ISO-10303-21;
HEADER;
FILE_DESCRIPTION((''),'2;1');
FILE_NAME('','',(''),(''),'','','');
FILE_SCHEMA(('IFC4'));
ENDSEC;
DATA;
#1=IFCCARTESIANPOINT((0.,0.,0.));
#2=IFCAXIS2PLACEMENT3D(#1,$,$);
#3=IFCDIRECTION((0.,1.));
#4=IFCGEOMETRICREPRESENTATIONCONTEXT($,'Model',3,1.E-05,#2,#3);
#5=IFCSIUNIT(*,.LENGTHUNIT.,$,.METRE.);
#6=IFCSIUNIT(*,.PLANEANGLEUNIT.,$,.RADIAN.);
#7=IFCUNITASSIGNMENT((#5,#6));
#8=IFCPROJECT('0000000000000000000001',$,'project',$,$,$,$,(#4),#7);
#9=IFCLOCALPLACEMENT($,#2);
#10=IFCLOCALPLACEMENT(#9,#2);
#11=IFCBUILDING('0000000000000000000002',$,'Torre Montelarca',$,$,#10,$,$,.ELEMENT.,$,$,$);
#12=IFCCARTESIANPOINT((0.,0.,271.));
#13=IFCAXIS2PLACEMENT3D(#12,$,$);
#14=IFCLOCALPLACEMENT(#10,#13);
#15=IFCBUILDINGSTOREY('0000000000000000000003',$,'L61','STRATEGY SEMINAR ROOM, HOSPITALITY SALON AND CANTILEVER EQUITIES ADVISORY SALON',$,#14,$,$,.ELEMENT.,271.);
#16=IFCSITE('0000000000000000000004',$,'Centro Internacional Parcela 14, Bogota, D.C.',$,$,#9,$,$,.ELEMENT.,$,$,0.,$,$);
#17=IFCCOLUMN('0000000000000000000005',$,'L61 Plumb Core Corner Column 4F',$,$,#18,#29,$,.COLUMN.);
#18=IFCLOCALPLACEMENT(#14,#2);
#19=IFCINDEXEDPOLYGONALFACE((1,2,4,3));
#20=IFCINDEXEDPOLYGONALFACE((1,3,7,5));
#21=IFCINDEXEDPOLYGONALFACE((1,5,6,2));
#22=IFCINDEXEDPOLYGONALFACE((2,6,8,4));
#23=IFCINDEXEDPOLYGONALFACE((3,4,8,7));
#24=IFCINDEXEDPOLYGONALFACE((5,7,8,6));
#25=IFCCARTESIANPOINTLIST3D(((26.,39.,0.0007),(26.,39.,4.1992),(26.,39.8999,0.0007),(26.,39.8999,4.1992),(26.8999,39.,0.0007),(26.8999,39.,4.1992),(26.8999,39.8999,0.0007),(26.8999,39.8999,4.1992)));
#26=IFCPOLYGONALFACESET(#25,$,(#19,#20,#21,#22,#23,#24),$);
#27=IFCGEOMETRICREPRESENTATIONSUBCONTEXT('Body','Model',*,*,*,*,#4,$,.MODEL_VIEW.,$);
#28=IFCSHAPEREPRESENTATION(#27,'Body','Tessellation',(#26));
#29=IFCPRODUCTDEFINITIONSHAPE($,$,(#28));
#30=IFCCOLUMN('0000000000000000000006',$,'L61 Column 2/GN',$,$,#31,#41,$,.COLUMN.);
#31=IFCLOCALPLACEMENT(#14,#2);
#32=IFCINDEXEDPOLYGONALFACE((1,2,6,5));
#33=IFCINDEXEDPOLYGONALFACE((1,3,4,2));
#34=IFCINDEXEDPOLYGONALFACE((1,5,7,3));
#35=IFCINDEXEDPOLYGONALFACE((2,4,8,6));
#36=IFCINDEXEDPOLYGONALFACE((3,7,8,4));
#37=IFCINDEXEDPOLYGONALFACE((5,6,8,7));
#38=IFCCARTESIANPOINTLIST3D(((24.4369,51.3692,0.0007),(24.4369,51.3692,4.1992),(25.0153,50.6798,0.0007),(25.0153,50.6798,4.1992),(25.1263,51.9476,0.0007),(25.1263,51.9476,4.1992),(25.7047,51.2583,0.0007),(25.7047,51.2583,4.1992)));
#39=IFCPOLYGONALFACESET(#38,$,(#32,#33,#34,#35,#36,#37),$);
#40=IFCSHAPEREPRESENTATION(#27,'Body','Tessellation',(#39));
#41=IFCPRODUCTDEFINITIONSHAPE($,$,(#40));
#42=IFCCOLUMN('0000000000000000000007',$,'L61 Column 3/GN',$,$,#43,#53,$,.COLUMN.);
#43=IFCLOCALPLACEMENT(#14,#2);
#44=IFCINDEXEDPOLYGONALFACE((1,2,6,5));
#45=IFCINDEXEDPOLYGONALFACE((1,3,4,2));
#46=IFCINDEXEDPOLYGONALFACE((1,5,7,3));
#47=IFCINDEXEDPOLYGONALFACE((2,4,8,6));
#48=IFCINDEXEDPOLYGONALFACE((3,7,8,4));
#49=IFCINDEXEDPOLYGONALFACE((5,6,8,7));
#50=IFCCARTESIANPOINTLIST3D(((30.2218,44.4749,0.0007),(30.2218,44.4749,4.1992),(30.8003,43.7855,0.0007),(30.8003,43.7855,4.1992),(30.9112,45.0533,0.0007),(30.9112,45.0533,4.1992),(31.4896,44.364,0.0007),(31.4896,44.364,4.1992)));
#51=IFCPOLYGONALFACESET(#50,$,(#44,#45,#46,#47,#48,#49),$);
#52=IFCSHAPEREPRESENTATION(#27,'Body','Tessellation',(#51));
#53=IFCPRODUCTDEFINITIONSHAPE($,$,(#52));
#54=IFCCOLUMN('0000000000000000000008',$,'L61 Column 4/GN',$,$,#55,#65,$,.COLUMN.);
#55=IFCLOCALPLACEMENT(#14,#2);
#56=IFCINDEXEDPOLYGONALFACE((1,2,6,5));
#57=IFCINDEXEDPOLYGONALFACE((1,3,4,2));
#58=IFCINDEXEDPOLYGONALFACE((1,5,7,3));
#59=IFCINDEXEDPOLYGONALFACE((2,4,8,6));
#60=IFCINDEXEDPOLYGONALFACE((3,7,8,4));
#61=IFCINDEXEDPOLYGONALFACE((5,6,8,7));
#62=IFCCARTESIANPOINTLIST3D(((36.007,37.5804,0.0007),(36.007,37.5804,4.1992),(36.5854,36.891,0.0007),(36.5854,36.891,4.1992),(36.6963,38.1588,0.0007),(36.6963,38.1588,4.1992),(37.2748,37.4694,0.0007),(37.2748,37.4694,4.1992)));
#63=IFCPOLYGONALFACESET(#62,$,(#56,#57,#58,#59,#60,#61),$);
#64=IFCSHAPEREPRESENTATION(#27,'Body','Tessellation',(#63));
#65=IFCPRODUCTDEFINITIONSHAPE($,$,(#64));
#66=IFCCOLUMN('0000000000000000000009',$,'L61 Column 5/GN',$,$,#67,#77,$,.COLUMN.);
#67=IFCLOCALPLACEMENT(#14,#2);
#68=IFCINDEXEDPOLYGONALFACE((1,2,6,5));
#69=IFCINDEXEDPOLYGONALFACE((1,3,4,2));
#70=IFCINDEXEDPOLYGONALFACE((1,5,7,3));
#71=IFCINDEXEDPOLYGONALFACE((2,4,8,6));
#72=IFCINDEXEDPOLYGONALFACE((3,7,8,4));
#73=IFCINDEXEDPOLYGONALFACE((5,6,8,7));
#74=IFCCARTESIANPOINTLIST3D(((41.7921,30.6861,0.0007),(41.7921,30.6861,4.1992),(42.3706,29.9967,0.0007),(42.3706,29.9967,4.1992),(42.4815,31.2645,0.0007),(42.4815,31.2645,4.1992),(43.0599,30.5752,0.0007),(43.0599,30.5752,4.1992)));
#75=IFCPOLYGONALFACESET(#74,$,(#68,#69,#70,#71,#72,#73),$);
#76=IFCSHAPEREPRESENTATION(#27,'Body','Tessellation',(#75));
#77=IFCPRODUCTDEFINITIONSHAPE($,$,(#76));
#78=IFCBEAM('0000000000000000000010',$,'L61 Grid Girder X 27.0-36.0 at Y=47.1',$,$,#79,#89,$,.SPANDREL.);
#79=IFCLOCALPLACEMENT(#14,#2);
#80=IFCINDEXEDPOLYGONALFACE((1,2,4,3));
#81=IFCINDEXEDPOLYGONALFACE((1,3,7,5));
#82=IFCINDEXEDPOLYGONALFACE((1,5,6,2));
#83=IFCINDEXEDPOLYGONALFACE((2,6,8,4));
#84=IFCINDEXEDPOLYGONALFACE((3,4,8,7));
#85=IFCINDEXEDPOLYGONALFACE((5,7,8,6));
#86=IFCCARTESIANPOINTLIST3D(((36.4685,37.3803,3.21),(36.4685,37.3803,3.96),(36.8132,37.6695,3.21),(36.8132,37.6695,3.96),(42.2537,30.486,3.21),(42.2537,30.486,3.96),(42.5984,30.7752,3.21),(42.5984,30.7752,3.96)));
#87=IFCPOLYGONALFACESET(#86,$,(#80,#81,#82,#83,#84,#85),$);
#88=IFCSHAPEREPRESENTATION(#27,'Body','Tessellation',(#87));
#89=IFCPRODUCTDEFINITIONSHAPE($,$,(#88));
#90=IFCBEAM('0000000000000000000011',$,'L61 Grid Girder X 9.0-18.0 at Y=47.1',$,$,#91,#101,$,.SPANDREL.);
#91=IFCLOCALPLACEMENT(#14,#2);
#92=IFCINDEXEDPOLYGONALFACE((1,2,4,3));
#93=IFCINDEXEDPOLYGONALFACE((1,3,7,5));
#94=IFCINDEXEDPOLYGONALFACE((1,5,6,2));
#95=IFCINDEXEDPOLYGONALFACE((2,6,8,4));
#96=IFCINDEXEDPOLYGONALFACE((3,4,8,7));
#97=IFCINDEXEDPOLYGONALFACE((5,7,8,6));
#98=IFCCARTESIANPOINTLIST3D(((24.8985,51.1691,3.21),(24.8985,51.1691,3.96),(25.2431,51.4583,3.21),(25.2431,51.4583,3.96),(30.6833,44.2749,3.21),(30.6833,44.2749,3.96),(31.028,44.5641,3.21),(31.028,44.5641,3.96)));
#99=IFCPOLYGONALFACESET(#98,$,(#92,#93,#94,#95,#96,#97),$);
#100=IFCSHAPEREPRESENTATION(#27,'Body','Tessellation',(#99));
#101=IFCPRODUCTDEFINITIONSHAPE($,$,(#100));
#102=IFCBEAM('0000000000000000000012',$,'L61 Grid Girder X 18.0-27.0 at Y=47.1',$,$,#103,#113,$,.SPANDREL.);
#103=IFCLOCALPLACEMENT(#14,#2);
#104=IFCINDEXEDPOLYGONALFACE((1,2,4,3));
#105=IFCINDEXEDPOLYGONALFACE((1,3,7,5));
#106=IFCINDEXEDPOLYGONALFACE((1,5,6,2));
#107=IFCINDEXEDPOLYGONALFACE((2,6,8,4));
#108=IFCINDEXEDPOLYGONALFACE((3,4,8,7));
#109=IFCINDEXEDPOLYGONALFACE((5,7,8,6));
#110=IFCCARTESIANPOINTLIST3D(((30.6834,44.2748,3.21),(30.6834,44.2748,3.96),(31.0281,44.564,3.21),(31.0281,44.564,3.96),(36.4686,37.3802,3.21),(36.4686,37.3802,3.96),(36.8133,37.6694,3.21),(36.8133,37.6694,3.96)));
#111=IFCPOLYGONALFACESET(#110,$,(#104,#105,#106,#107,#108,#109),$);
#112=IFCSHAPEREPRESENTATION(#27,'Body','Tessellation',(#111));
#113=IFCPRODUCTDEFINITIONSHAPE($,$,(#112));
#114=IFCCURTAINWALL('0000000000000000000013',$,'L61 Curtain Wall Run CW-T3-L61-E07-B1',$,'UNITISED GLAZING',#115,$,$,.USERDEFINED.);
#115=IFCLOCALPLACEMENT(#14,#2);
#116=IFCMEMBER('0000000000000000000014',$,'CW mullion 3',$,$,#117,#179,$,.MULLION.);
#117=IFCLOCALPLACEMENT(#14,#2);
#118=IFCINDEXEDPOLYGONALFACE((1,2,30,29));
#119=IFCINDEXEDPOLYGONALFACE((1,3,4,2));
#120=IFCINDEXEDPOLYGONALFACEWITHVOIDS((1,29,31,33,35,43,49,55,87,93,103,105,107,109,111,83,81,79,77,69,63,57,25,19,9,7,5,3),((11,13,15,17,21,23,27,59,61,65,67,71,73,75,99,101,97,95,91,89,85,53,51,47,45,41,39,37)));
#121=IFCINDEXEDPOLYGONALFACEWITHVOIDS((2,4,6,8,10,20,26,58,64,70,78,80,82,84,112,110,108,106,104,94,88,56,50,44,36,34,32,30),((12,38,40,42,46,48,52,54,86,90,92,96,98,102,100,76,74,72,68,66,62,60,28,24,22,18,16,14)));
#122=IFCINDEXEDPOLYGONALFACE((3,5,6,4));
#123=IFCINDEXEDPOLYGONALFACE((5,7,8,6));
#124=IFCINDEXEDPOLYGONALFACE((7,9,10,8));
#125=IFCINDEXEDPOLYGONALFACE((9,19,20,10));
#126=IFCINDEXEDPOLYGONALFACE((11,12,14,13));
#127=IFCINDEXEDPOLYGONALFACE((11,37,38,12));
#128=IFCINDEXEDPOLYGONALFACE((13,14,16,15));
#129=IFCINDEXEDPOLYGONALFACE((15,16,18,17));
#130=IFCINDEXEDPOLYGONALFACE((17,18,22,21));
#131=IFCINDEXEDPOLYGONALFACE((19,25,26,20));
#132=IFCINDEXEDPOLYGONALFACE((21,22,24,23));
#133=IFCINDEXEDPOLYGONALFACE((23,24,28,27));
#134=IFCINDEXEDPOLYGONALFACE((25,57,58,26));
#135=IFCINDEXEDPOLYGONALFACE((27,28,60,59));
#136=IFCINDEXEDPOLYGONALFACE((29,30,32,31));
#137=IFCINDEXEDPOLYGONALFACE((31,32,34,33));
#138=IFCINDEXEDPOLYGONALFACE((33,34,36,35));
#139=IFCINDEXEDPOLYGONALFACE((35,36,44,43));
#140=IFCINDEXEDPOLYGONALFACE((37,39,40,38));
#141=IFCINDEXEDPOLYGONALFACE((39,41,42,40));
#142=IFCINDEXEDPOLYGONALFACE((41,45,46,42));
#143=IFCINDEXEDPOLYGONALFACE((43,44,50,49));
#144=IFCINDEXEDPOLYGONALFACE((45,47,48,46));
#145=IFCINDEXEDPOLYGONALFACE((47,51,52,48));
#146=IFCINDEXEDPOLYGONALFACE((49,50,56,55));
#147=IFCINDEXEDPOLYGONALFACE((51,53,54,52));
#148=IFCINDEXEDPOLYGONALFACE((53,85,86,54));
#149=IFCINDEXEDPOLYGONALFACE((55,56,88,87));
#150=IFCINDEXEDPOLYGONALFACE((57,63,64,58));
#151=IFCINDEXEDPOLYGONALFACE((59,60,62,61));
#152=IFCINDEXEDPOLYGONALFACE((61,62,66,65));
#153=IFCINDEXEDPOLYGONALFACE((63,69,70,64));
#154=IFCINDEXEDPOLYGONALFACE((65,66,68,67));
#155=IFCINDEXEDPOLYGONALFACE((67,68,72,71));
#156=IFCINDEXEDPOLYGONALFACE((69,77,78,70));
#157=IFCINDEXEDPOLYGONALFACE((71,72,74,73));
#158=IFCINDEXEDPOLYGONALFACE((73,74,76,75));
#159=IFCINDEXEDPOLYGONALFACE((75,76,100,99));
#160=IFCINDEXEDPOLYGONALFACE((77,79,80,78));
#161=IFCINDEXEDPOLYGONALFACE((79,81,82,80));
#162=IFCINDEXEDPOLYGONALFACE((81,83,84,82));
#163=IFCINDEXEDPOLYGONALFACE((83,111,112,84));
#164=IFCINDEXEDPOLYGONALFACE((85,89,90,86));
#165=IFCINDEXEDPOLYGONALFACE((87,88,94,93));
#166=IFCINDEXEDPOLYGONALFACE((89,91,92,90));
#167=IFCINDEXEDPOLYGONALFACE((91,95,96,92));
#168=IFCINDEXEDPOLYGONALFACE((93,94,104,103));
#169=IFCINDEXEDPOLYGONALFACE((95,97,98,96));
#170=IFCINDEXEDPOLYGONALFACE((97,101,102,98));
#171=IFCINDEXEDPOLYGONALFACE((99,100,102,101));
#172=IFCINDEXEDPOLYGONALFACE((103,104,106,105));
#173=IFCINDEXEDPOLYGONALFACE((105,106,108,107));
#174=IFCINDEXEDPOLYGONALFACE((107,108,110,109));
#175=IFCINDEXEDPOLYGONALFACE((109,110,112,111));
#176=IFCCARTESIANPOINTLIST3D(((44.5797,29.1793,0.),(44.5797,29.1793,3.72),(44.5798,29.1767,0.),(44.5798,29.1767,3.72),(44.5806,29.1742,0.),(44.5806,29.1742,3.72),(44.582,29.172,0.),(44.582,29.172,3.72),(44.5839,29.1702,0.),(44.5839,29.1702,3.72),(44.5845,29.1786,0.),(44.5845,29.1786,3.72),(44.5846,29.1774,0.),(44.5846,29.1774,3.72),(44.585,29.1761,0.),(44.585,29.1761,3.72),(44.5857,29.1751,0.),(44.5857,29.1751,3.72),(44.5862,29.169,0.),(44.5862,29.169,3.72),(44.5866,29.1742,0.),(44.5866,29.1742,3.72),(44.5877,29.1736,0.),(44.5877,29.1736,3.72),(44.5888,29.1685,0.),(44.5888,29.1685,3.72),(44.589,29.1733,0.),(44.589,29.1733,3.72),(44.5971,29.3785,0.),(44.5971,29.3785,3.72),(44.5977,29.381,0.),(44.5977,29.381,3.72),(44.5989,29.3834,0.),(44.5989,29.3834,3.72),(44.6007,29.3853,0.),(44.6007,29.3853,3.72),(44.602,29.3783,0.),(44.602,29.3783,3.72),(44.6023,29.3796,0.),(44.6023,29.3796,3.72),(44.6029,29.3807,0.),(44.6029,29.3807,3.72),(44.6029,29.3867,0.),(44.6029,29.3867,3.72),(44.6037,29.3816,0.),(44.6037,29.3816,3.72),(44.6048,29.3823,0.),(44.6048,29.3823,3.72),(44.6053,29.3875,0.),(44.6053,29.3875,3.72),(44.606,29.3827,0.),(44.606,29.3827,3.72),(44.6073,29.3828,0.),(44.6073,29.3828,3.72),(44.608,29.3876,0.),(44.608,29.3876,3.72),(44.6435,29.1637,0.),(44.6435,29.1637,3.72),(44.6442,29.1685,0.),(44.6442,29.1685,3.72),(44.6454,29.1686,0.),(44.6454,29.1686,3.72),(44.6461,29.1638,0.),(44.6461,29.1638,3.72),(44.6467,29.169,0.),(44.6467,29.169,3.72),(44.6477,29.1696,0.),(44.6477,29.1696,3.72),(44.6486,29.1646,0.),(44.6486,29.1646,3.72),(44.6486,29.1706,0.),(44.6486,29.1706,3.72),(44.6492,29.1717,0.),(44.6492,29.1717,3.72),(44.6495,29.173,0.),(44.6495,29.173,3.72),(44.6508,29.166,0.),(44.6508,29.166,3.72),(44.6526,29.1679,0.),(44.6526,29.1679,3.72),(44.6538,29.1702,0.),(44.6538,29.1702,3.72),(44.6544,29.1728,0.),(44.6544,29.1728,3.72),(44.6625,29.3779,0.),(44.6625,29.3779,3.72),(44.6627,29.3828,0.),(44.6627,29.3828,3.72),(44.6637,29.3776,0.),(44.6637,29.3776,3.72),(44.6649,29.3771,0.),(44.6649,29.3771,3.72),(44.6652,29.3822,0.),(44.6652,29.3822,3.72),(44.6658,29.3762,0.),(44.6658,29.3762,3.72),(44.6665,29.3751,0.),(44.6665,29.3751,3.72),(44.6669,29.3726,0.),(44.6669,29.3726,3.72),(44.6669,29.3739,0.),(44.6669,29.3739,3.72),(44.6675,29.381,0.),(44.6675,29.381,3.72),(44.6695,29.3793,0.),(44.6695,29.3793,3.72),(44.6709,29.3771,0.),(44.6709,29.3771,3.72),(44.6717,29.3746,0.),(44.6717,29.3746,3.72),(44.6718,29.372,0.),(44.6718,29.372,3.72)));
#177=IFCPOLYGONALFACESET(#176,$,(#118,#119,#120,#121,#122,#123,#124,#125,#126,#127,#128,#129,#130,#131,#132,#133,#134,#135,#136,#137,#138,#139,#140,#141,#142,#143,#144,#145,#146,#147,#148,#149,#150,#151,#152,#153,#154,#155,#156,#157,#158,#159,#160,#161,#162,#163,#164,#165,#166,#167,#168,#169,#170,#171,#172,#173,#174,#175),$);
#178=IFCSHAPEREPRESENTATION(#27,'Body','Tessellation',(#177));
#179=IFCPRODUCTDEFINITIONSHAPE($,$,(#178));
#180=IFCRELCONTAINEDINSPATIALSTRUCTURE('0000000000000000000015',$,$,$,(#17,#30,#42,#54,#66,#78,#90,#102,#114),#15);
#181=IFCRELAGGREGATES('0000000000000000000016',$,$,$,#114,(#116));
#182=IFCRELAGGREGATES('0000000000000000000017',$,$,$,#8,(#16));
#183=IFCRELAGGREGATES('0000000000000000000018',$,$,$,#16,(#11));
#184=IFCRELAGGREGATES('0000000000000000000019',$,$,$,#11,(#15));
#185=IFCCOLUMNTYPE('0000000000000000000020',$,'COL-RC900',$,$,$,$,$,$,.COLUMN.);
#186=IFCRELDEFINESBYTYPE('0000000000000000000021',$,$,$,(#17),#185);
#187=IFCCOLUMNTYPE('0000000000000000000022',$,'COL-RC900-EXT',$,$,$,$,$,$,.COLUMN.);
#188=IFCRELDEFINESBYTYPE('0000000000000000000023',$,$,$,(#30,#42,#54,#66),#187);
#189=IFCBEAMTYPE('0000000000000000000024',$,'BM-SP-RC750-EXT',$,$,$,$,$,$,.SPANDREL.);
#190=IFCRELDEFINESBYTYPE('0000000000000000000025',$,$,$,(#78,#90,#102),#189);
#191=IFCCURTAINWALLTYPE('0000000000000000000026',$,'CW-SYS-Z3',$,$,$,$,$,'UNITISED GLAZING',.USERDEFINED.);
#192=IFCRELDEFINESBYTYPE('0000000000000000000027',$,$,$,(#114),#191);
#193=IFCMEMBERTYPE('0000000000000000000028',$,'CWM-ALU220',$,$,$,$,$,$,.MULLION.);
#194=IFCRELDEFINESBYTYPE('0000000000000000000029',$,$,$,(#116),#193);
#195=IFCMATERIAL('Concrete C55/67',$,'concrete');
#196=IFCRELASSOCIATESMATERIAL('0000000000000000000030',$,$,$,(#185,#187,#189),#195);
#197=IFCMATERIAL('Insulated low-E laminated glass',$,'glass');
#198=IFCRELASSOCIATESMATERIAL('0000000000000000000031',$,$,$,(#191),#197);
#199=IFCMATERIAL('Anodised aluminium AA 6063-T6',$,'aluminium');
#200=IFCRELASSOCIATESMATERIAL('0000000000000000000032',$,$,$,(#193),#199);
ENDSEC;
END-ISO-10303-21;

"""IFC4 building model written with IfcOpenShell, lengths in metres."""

from ifc_helpers import new_model, si_unit, direction, frame, origin, origin_2d, place, context, subcontext, project, spatial, rectangle, hollow_rectangle, extrude, source, transform, mapped, material, material_profile, profile_set, type_object, element, aggregate, save


model = new_model("IFC4")

# Units and contexts
model_context = context("Model", 3, precision=1e-05, world=origin(), true_north=direction((0.0, 1.0)))
body_context = subcontext(model_context, "Body", "Model", "MODEL_VIEW")
ifc_project = project(units=[si_unit("LENGTHUNIT", "METRE"), si_unit("PLANEANGLEUNIT", "RADIAN")], contexts=[model_context])

# Site, building, storey
site_placement = place(None, origin())
site = spatial("IfcSite", under=ifc_project, at=site_placement, Name="Centro Internacional Parcela 14, Bogota, D.C.", CompositionType="ELEMENT", RefElevation=0.0)
building_placement = place(site_placement, origin())
building = spatial("IfcBuilding", under=site, at=building_placement, Name="Torre Montelarca", CompositionType="ELEMENT")
storey_placement = place(building_placement, frame((0.0, 0.0, 271.0)))
storey = spatial("IfcBuildingStorey", under=building, at=storey_placement, Name="L61", Description="STRATEGY SEMINAR ROOM, HOSPITALITY SALON AND CANTILEVER EQUITIES ADVISORY SALON", CompositionType="ELEMENT", Elevation=271.0)

# Columns
ifc_material_1 = material(Name="Concrete C55/67", Category="concrete")
ifc_material_profile_1 = material_profile(ifc_material_1, rectangle(XDim=0.8999, YDim=0.8999, at=origin_2d()), Name="RC900X900", Category="concrete")
ifc_profile_set_1 = profile_set([ifc_material_profile_1], Name="Concrete C55/67")
column_type_1 = type_object("IfcColumnType", Name="COL-RC900", PredefinedType="COLUMN", material=ifc_profile_set_1)
shared_shape_1 = source(origin(), body_context, "Body", "SweptSolid", [
    extrude(rectangle(XDim=0.8999, YDim=0.8999, at=origin_2d()), origin(), (0.0, 0.0, 1.0), 4.1985),
])
column_placement = place(storey_placement, frame((26.45, 39.45, 0.0007), z_axis=(0.0, 0.0, 1.0), x_axis=(1.0, 0.0, 0.0)))
element("IfcColumn", 1, at=column_placement, inside=storey, type_object=column_type_1, Name="L61 Plumb Core Corner Column 4F", PredefinedType="COLUMN", context=body_context, shape_type="MappedRepresentation", body=[
    mapped(shared_shape_1, transform((0.0, 0.0, 0.0), scale=1.0)),
])
ifc_material_profile_2 = material_profile(ifc_material_1, rectangle(XDim=0.8999, YDim=0.8999, at=origin_2d()), Name="RC900X900", Category="concrete")
ifc_profile_set_2 = profile_set([ifc_material_profile_2], Name="Concrete C55/67")
column_type_2 = type_object("IfcColumnType", Name="COL-RC900-EXT", PredefinedType="COLUMN", material=ifc_profile_set_2)
shared_shape_2 = source(origin(), body_context, "Body", "SweptSolid", [
    extrude(rectangle(XDim=0.8999, YDim=0.8999, at=origin_2d()), origin(), (0.0, 0.0, 1.0), 4.1985),
])
for number, where, z_axis, x_axis, name in (
    (2, (25.0708, 51.3137, 0.0007), (0.0, 0.0, 1.0), (-0.642788, 0.766044, 0.0), "L61 Column 2/GN"),
    (3, (30.8557, 44.4194, 0.0007), (0.0, 0.0, 1.0), (-0.642788, 0.766044, 0.0), "L61 Column 3/GN"),
    (4, (36.6409, 37.5249, 0.0007), (0.0, 0.0, 1.0), (-0.642788, 0.766044, 0.0), "L61 Column 4/GN"),
    (5, (42.426, 30.6306, 0.0007), (0.0, 0.0, 1.0), (-0.642788, 0.766044, 0.0), "L61 Column 5/GN"),
):
    element("IfcColumn", number, at=place(storey_placement, frame(where, z_axis=z_axis, x_axis=x_axis)), inside=storey, type_object=column_type_2, Name=name, PredefinedType="COLUMN", context=body_context, shape_type="MappedRepresentation", body=[
        mapped(shared_shape_2, transform((0.0, 0.0, 0.0), scale=1.0)),
    ])

# Beams
ifc_material_profile_3 = material_profile(ifc_material_1, rectangle(XDim=0.45, YDim=0.75, at=origin_2d()), Name="RCB450X750", Category="concrete")
ifc_profile_set_3 = profile_set([ifc_material_profile_3], Name="Concrete C55/67")
beam_type = type_object("IfcBeamType", Name="BM-SP-RC750-EXT", PredefinedType="SPANDREL", material=ifc_profile_set_3)
shared_shape_3 = source(origin(), body_context, "Body", "SweptSolid", [
    extrude(rectangle(XDim=0.45, YDim=0.75, at=origin_2d()), origin(), (0.0, 0.0, 1.0), 9.0),
])
beam_1_placement = place(storey_placement, frame((36.6409, 37.5249, 3.585), z_axis=(0.642798, -0.766036, 0.0), x_axis=(0.766036, 0.642798, 0.0)))
element("IfcBeam", 6, at=beam_1_placement, inside=storey, type_object=beam_type, Name="L61 Grid Girder X 27.0-36.0 at Y=47.1", PredefinedType="SPANDREL", context=body_context, shape_type="MappedRepresentation", body=[
    mapped(shared_shape_3, transform((0.0, 0.0, 0.0), scale=1.0)),
])
shared_shape_4 = source(origin(), body_context, "Body", "SweptSolid", [
    extrude(rectangle(XDim=0.45, YDim=0.75, at=origin_2d()), origin(), (0.0, 0.0, 1.0), 8.9998),
])
beam_2_placement = place(storey_placement, frame((25.0708, 51.3137, 3.585), z_axis=(0.642782, -0.766049, 0.0), x_axis=(0.766049, 0.642782, 0.0)))
element("IfcBeam", 7, at=beam_2_placement, inside=storey, type_object=beam_type, Name="L61 Grid Girder X 9.0-18.0 at Y=47.1", PredefinedType="SPANDREL", context=body_context, shape_type="MappedRepresentation", body=[
    mapped(shared_shape_4, transform((0.0, 0.0, 0.0), scale=1.0)),
])
shared_shape_5 = source(origin(), body_context, "Body", "SweptSolid", [
    extrude(rectangle(XDim=0.45, YDim=0.75, at=origin_2d()), origin(), (0.0, 0.0, 1.0), 9.0002),
])
beam_3_placement = place(storey_placement, frame((30.8557, 44.4194, 3.585), z_axis=(0.642785, -0.766047, 0.0), x_axis=(0.766047, 0.642785, 0.0)))
element("IfcBeam", 8, at=beam_3_placement, inside=storey, type_object=beam_type, Name="L61 Grid Girder X 18.0-27.0 at Y=47.1", PredefinedType="SPANDREL", context=body_context, shape_type="MappedRepresentation", body=[
    mapped(shared_shape_5, transform((0.0, 0.0, 0.0), scale=1.0)),
])

# Curtain wall, member
ifc_material_2 = material(Name="Insulated low-E laminated glass", Category="glass")
curtain_wall_type = type_object("IfcCurtainWallType", Name="CW-SYS-Z3", ElementType="UNITISED GLAZING", PredefinedType="USERDEFINED", material=ifc_material_2)
curtain_wall_1_placement = place(storey_placement, origin())
curtain_wall_1 = element("IfcCurtainWall", 9, at=curtain_wall_1_placement, inside=storey, type_object=curtain_wall_type, Name="L61 Curtain Wall Run CW-T3-L61-E07-B1", ObjectType="UNITISED GLAZING", PredefinedType="USERDEFINED")
ifc_material_3 = material(Name="Anodised aluminium AA 6063-T6", Category="aluminium")
ifc_material_profile_4 = material_profile(ifc_material_3, hollow_rectangle(XDim=0.075, YDim=0.22, WallThickness=0.0049, InnerFilletRadius=0.0049, OuterFilletRadius=0.01, at=origin_2d()), Name="ALU75X220X5", Category="aluminium")
ifc_profile_set_4 = profile_set([ifc_material_profile_4], Name="Anodised aluminium AA 6063-T6")
member_type_1 = type_object("IfcMemberType", Name="CWM-ALU220", PredefinedType="MULLION", material=ifc_profile_set_4)
shared_shape_6 = source(origin(), body_context, "Body", "SweptSolid", [
    extrude(hollow_rectangle(XDim=0.075, YDim=0.22, WallThickness=0.0049, InnerFilletRadius=0.0049, OuterFilletRadius=0.01, at=origin_2d()), origin(), (0.0, 0.0, 1.0), 3.72),
])
member_1_placement = place(storey_placement, frame((44.6257, 29.2756, 0.0), z_axis=(0.0, 0.0, 1.0), x_axis=(-0.996194, 0.087166, 0.0)))
member_1 = element("IfcMember", 10, at=member_1_placement, type_object=member_type_1, Name="CW mullion 3", PredefinedType="MULLION", context=body_context, shape_type="MappedRepresentation", body=[
    mapped(shared_shape_6, transform((0.0, 0.0, 0.0), scale=1.0)),
])
aggregate(curtain_wall_1, [member_1])

save(model, "model.ifc")
